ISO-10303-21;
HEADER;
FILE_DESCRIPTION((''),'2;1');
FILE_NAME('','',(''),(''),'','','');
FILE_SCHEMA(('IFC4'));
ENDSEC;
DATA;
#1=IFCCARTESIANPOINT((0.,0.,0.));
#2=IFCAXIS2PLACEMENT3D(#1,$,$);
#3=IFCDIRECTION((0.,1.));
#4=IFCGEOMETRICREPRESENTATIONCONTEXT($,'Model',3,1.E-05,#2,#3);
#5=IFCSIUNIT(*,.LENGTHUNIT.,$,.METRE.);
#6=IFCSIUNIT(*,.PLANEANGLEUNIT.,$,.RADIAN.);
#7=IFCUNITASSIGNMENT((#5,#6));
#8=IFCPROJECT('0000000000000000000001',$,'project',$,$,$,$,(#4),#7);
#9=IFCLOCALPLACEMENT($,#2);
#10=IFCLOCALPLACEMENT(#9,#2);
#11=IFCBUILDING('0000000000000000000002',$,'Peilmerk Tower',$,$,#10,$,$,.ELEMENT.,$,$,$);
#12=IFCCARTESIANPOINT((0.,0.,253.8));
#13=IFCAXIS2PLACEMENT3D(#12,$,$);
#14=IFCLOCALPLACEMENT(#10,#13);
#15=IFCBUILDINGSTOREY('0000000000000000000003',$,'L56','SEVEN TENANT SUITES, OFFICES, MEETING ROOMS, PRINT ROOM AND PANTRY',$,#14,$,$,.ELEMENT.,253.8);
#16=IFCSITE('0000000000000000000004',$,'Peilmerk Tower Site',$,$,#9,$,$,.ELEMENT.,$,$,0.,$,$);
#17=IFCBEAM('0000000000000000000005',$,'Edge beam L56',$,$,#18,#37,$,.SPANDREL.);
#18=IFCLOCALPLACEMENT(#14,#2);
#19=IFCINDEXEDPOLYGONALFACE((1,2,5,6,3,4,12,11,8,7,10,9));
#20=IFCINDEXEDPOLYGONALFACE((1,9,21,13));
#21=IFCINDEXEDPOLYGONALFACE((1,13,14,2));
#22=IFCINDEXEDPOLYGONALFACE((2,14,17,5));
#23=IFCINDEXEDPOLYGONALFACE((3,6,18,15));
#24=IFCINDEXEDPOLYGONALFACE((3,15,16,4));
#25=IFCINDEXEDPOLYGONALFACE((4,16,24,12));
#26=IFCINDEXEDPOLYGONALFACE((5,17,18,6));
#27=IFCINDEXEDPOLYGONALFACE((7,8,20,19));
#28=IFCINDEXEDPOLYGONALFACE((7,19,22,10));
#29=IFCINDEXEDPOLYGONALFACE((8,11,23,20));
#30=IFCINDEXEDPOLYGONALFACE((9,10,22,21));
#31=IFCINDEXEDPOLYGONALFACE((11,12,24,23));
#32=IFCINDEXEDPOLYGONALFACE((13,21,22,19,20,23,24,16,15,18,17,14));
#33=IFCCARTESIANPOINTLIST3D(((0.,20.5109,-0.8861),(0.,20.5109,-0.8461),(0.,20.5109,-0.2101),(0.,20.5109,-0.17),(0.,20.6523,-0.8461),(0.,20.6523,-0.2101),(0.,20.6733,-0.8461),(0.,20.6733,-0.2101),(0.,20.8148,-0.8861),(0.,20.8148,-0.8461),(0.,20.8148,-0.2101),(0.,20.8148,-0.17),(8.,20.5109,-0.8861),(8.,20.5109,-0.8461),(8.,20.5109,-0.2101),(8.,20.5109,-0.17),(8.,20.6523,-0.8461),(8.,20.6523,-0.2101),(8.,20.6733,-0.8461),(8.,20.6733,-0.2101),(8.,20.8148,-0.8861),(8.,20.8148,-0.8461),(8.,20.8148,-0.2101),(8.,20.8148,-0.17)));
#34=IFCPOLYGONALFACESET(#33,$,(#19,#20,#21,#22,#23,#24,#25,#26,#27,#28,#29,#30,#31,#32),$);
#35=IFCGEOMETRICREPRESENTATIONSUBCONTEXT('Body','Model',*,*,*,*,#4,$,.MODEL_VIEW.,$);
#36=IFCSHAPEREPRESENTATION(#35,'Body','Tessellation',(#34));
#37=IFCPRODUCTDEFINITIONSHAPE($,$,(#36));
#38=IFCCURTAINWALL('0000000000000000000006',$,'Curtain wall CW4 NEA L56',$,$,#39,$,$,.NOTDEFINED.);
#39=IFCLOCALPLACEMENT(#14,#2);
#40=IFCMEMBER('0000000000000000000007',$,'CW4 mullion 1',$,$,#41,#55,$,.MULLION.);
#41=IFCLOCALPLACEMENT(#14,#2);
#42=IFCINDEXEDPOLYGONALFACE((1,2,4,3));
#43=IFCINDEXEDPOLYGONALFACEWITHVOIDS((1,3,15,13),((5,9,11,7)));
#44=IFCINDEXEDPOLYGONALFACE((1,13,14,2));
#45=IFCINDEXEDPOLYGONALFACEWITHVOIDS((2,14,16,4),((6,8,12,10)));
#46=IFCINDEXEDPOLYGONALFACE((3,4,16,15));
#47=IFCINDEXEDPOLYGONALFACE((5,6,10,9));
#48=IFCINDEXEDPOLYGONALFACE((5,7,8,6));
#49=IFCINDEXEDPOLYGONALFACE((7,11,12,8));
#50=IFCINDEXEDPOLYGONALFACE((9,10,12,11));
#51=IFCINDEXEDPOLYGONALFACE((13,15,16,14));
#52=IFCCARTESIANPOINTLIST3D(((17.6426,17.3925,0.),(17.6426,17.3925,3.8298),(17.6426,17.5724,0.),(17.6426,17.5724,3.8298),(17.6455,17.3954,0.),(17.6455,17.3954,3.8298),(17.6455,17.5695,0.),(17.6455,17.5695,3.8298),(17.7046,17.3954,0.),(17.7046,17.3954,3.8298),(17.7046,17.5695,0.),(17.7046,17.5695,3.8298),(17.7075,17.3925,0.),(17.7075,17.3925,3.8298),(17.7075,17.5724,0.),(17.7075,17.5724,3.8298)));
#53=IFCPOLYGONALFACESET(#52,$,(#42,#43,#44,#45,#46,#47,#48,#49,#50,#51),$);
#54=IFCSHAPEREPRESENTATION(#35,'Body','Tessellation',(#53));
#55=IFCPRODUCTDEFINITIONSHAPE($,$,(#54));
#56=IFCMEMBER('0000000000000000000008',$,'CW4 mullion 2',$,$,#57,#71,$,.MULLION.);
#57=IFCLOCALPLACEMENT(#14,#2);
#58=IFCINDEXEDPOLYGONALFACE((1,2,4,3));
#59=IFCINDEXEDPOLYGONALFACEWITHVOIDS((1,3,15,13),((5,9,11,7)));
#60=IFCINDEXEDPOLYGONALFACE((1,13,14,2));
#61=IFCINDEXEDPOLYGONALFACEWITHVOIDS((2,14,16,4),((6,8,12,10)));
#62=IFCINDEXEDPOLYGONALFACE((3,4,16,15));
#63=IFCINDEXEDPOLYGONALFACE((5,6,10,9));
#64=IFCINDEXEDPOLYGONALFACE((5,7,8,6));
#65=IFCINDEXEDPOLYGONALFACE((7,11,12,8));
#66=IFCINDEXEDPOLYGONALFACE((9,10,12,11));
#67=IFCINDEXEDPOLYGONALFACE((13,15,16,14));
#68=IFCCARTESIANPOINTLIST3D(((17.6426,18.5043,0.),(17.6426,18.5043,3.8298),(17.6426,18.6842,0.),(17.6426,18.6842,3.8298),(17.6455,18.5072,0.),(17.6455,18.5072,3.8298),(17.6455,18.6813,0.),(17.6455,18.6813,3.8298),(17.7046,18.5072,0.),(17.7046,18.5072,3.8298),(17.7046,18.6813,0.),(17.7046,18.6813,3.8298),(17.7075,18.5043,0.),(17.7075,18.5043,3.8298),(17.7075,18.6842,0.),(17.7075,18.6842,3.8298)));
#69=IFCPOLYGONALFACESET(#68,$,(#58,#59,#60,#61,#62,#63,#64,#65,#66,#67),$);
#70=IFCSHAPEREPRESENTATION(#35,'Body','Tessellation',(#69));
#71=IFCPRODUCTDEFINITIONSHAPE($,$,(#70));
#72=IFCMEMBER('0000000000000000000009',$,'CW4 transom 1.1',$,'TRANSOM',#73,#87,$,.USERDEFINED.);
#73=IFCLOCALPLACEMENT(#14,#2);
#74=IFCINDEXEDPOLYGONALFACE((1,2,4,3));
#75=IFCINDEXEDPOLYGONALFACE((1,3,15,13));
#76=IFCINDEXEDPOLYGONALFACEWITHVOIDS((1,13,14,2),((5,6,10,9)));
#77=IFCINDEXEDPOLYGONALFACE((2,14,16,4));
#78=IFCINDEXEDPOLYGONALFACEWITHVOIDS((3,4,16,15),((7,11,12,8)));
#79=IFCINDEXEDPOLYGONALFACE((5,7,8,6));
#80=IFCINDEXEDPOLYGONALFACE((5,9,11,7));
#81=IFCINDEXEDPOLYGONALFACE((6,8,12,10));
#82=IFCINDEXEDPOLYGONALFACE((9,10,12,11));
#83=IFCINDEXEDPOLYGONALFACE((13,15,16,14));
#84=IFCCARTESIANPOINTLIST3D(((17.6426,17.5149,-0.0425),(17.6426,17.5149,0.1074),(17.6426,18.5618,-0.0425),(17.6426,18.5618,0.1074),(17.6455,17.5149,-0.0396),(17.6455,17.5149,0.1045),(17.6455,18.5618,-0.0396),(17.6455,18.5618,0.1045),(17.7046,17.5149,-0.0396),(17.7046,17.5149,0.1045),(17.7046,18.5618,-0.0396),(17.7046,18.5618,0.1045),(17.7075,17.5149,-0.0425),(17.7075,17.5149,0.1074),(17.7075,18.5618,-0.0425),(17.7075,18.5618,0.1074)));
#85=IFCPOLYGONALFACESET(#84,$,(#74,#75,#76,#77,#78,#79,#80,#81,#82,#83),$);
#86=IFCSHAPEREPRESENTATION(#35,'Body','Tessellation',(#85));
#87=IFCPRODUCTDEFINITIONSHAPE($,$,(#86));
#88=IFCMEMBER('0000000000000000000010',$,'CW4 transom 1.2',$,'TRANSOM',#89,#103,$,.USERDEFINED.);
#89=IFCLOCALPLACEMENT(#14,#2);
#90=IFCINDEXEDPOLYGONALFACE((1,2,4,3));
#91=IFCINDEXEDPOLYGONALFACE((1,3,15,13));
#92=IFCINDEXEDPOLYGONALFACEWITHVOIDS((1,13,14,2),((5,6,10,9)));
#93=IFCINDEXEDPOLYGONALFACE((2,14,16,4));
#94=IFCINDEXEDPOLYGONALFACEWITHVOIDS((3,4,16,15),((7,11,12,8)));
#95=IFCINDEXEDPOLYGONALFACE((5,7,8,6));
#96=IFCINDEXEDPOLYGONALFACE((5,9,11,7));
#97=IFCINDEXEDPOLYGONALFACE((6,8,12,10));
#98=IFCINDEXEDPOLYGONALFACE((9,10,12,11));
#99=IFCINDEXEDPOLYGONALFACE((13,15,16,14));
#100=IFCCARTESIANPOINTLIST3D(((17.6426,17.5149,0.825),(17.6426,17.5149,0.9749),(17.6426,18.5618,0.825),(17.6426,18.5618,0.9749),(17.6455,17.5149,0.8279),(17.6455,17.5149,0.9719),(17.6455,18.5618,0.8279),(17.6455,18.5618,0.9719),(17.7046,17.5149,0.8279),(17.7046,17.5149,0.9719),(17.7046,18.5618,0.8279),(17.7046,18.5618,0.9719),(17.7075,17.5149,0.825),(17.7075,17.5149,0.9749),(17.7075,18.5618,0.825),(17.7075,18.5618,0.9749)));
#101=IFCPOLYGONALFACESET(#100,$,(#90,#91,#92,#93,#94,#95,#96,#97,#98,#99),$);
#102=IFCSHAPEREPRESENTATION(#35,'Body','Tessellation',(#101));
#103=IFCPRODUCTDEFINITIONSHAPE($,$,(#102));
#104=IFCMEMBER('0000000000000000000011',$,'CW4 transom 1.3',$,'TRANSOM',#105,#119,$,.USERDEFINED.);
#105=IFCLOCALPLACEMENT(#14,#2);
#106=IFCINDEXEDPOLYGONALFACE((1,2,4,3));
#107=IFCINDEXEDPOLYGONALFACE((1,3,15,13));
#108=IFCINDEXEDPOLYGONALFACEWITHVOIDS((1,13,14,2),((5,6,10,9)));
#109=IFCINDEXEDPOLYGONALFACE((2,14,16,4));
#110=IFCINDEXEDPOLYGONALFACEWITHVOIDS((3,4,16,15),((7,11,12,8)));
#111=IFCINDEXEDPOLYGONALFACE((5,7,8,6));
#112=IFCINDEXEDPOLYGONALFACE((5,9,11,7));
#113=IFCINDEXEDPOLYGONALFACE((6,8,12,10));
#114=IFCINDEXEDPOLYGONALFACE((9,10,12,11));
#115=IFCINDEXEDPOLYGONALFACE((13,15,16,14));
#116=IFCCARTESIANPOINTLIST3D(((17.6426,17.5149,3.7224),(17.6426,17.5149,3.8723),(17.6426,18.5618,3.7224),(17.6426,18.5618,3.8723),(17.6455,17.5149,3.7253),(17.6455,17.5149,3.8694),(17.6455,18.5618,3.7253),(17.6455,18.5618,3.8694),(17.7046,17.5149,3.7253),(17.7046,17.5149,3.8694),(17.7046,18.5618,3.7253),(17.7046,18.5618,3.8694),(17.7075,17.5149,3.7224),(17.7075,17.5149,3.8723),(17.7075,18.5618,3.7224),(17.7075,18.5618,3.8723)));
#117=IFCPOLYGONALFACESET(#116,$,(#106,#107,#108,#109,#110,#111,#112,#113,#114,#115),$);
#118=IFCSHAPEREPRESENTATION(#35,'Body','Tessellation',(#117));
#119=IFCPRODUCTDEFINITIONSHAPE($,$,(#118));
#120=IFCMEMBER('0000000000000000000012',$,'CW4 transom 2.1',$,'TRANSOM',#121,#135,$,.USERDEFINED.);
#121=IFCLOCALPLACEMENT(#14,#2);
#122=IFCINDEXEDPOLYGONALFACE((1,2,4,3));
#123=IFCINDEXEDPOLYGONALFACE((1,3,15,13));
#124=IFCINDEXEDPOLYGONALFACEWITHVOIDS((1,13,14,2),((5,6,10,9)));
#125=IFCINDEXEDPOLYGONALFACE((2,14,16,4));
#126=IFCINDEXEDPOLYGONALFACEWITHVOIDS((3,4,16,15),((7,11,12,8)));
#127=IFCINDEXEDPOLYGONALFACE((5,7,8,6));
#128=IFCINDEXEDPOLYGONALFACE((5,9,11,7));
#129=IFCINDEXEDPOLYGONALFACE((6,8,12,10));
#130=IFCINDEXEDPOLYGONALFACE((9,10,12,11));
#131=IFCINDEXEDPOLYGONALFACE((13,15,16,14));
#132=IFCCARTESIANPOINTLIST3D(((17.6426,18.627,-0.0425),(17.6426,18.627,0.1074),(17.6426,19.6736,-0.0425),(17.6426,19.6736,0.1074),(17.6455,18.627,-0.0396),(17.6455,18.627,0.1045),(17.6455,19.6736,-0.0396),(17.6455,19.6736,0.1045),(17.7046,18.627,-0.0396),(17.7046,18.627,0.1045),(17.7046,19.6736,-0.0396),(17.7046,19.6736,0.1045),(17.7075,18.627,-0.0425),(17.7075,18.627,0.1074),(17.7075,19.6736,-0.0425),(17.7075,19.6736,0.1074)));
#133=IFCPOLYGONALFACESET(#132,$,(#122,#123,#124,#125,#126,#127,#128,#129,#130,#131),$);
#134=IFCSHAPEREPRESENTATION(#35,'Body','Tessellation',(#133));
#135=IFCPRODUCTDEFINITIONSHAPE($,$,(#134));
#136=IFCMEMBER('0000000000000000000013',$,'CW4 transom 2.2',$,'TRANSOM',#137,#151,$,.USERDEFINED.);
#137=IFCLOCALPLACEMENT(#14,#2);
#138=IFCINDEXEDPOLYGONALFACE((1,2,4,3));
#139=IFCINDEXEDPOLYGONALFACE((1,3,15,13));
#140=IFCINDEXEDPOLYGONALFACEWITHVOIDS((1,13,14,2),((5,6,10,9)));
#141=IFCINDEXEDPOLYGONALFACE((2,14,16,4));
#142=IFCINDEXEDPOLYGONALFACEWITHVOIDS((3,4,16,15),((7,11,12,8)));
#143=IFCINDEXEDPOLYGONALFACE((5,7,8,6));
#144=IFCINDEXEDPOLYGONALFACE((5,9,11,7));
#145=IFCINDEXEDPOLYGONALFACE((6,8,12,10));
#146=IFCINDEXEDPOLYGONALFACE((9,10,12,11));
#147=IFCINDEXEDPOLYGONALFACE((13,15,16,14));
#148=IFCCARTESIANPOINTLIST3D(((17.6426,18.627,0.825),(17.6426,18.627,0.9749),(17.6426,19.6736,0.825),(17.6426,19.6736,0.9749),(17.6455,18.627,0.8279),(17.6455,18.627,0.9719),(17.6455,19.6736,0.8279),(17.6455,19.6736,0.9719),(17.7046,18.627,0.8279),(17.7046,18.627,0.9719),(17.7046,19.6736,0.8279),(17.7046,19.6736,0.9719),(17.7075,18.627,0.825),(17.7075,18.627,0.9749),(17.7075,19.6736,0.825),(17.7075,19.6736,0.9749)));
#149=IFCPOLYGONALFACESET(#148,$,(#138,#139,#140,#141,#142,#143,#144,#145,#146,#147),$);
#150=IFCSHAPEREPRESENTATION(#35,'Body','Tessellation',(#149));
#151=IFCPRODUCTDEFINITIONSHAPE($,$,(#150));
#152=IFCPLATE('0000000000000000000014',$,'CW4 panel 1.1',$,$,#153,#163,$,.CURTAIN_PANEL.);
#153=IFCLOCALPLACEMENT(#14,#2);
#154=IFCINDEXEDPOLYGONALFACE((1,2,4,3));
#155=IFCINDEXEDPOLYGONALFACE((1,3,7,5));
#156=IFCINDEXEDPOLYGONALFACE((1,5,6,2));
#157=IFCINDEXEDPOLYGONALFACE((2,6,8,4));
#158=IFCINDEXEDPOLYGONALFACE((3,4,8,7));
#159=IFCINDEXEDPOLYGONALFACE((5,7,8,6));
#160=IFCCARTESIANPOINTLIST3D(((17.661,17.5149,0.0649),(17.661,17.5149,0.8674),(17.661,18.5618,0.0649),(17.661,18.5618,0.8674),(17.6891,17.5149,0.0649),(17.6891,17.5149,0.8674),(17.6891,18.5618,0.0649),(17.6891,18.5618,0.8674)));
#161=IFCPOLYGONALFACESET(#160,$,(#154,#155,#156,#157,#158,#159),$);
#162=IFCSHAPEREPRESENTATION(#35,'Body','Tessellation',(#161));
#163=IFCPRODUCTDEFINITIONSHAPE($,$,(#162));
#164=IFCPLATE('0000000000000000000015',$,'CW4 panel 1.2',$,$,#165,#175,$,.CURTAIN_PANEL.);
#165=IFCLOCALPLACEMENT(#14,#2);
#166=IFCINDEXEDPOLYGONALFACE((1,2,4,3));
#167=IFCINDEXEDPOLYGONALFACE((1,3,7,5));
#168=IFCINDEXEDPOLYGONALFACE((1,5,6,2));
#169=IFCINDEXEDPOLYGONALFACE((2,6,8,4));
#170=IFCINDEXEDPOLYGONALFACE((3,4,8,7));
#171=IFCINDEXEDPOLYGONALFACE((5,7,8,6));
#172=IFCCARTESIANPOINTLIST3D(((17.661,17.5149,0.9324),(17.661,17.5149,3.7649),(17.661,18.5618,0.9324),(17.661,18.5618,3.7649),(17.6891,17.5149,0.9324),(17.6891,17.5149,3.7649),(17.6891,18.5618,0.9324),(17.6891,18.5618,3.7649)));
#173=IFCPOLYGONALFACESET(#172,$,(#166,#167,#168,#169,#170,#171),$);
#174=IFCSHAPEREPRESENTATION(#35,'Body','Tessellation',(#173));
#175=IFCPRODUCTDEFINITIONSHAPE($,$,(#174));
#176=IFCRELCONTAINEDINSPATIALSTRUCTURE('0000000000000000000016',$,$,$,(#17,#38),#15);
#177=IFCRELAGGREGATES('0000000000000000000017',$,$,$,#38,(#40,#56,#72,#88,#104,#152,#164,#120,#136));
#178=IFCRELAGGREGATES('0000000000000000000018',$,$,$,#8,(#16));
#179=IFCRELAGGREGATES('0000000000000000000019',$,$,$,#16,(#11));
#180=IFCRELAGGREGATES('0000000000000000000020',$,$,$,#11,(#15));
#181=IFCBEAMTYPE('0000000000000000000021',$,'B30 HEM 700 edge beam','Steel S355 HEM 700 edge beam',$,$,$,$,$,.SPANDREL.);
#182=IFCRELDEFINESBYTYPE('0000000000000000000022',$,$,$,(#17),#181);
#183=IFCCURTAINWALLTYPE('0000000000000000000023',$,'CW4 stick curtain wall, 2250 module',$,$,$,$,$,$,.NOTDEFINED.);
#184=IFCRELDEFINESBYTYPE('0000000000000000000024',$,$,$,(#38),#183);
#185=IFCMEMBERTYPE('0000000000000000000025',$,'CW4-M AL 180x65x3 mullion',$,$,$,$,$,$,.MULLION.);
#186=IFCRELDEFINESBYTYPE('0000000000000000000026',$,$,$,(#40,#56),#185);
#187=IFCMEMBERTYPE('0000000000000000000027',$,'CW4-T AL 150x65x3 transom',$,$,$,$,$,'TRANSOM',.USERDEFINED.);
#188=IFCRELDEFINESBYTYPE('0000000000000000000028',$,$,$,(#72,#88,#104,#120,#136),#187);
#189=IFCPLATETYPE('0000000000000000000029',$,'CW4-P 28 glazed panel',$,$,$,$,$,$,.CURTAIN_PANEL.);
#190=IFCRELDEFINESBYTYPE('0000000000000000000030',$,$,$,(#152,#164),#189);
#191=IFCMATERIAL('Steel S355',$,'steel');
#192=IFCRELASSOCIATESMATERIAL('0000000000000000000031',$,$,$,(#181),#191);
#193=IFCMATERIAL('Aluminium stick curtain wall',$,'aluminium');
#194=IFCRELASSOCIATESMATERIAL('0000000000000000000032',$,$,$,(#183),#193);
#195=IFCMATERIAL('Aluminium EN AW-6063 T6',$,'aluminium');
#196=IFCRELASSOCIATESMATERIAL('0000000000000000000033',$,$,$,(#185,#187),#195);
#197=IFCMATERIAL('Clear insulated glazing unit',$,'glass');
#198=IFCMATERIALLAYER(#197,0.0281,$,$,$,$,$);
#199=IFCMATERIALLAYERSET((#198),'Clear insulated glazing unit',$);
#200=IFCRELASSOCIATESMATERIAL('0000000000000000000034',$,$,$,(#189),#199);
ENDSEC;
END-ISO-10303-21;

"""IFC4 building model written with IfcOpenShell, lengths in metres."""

from ifc_helpers import new_model, si_unit, direction, frame, origin, origin_2d, place, context, subcontext, project, spatial, rectangle, hollow_rectangle, i_section, extrude, material, layer, layer_set, material_profile, profile_set, type_object, element, aggregate, save


model = new_model("IFC4")

# Units and contexts
model_context = context("Model", 3, precision=1e-05, world=origin(), true_north=direction((0.0, 1.0)))
body_context = subcontext(model_context, "Body", "Model", "MODEL_VIEW")
ifc_project = project(units=[si_unit("LENGTHUNIT", "METRE"), si_unit("PLANEANGLEUNIT", "RADIAN")], contexts=[model_context])

# Site, building, storey
site_placement = place(None, origin())
site = spatial("IfcSite", under=ifc_project, at=site_placement, Name="Peilmerk Tower Site", CompositionType="ELEMENT", RefElevation=0.0)
building_placement = place(site_placement, origin())
building = spatial("IfcBuilding", under=site, at=building_placement, Name="Peilmerk Tower", CompositionType="ELEMENT")
storey_placement = place(building_placement, frame((0.0, 0.0, 253.8)))
storey = spatial("IfcBuildingStorey", under=building, at=storey_placement, Name="L56", Description="SEVEN TENANT SUITES, OFFICES, MEETING ROOMS, PRINT ROOM AND PANTRY", CompositionType="ELEMENT", Elevation=253.8)

# Beam
ifc_material_1 = material(Name="Steel S355", Category="steel")
ifc_material_profile_1 = material_profile(ifc_material_1, i_section(OverallWidth=0.304, OverallDepth=0.7161, WebThickness=0.021, FlangeThickness=0.04, at=origin_2d()), Name="HEM 700")
ifc_profile_set_1 = profile_set([ifc_material_profile_1], Name="Steel S355")
beam_type_1 = type_object("IfcBeamType", Name="B30 HEM 700 edge beam", Description="Steel S355 HEM 700 edge beam", PredefinedType="SPANDREL", material=ifc_profile_set_1)
beam_1_placement = place(storey_placement, frame((8.0, 20.6628, -0.5281), z_axis=(-1.0, 0.0, 0.0), x_axis=(0.0, -1.0, 0.0)))
element("IfcBeam", 1, at=beam_1_placement, inside=storey, type_object=beam_type_1, Name="Edge beam L56", PredefinedType="SPANDREL", context=body_context, shape_type="SweptSolid", body=[
    extrude(i_section(OverallWidth=0.304, OverallDepth=0.7161, WebThickness=0.021, FlangeThickness=0.04, at=origin_2d()), origin(), (0.0, 0.0, 1.0), 8.0),
])

# Curtain wall, members, plates
ifc_material_2 = material(Name="Aluminium stick curtain wall", Category="aluminium")
curtain_wall_type = type_object("IfcCurtainWallType", Name="CW4 stick curtain wall, 2250 module", PredefinedType="NOTDEFINED", material=ifc_material_2)
curtain_wall_placement = place(storey_placement, origin())
curtain_wall = element("IfcCurtainWall", 2, at=curtain_wall_placement, inside=storey, type_object=curtain_wall_type, Name="Curtain wall CW4 NEA L56", PredefinedType="NOTDEFINED")
ifc_material_3 = material(Name="Aluminium EN AW-6063 T6", Category="aluminium")
ifc_material_profile_2 = material_profile(ifc_material_3, hollow_rectangle(XDim=0.0649, YDim=0.1799, WallThickness=0.0029, at=origin_2d()), Name="AL 180x65x3")
ifc_profile_set_2 = profile_set([ifc_material_profile_2], Name="Aluminium EN AW-6063 T6")
member_type_1 = type_object("IfcMemberType", Name="CW4-M AL 180x65x3 mullion", PredefinedType="MULLION", material=ifc_profile_set_2)
member_1_placement = place(storey_placement, frame((17.675, 17.4824, 0.0), z_axis=(0.0, 0.0, 1.0), x_axis=(-1.0, 0.0, 0.0)))
member_1 = element("IfcMember", 3, at=member_1_placement, type_object=member_type_1, Name="CW4 mullion 1", PredefinedType="MULLION", context=body_context, shape_type="SweptSolid", body=[
    extrude(hollow_rectangle(XDim=0.0649, YDim=0.1799, WallThickness=0.0029, at=origin_2d()), origin(), (0.0, 0.0, 1.0), 3.8298),
])
member_2_placement = place(storey_placement, frame((17.675, 18.5942, 0.0), z_axis=(0.0, 0.0, 1.0), x_axis=(-1.0, 0.0, 0.0)))
member_2 = element("IfcMember", 4, at=member_2_placement, type_object=member_type_1, Name="CW4 mullion 2", PredefinedType="MULLION", context=body_context, shape_type="SweptSolid", body=[
    extrude(hollow_rectangle(XDim=0.0649, YDim=0.1799, WallThickness=0.0029, at=origin_2d()), origin(), (0.0, 0.0, 1.0), 3.8298),
])
ifc_material_profile_3 = material_profile(ifc_material_3, hollow_rectangle(XDim=0.0649, YDim=0.1499, WallThickness=0.0029, at=origin_2d()), Name="AL 150x65x3")
ifc_profile_set_3 = profile_set([ifc_material_profile_3], Name="Aluminium EN AW-6063 T6")
member_type_2 = type_object("IfcMemberType", Name="CW4-T AL 150x65x3 transom", ElementType="TRANSOM", PredefinedType="USERDEFINED", material=ifc_profile_set_3)
member_3_placement = place(storey_placement, frame((17.675, 17.5149, 0.0325), z_axis=(0.0, 1.0, 0.0), x_axis=(-1.0, 0.0, 0.0)))
member_3 = element("IfcMember", 5, at=member_3_placement, type_object=member_type_2, Name="CW4 transom 1.1", ObjectType="TRANSOM", PredefinedType="USERDEFINED", context=body_context, shape_type="SweptSolid", body=[
    extrude(hollow_rectangle(XDim=0.0649, YDim=0.1499, WallThickness=0.0029, at=origin_2d()), origin(), (0.0, 0.0, 1.0), 1.0469),
])
member_4_placement = place(storey_placement, frame((17.675, 17.5149, 0.8999), z_axis=(0.0, 1.0, 0.0), x_axis=(-1.0, 0.0, 0.0)))
member_4 = element("IfcMember", 6, at=member_4_placement, type_object=member_type_2, Name="CW4 transom 1.2", ObjectType="TRANSOM", PredefinedType="USERDEFINED", context=body_context, shape_type="SweptSolid", body=[
    extrude(hollow_rectangle(XDim=0.0649, YDim=0.1499, WallThickness=0.0029, at=origin_2d()), origin(), (0.0, 0.0, 1.0), 1.0469),
])
member_5_placement = place(storey_placement, frame((17.675, 17.5149, 3.7974), z_axis=(0.0, 1.0, 0.0), x_axis=(-1.0, 0.0, 0.0)))
member_5 = element("IfcMember", 7, at=member_5_placement, type_object=member_type_2, Name="CW4 transom 1.3", ObjectType="TRANSOM", PredefinedType="USERDEFINED", context=body_context, shape_type="SweptSolid", body=[
    extrude(hollow_rectangle(XDim=0.0649, YDim=0.1499, WallThickness=0.0029, at=origin_2d()), origin(), (0.0, 0.0, 1.0), 1.0469),
])
member_6_placement = place(storey_placement, frame((17.675, 18.627, 0.0325), z_axis=(0.0, 1.0, 0.0), x_axis=(-1.0, 0.0, 0.0)))
member_6 = element("IfcMember", 8, at=member_6_placement, type_object=member_type_2, Name="CW4 transom 2.1", ObjectType="TRANSOM", PredefinedType="USERDEFINED", context=body_context, shape_type="SweptSolid", body=[
    extrude(hollow_rectangle(XDim=0.0649, YDim=0.1499, WallThickness=0.0029, at=origin_2d()), origin(), (0.0, 0.0, 1.0), 1.0466),
])
member_7_placement = place(storey_placement, frame((17.675, 18.627, 0.8999), z_axis=(0.0, 1.0, 0.0), x_axis=(-1.0, 0.0, 0.0)))
member_7 = element("IfcMember", 9, at=member_7_placement, type_object=member_type_2, Name="CW4 transom 2.2", ObjectType="TRANSOM", PredefinedType="USERDEFINED", context=body_context, shape_type="SweptSolid", body=[
    extrude(hollow_rectangle(XDim=0.0649, YDim=0.1499, WallThickness=0.0029, at=origin_2d()), origin(), (0.0, 0.0, 1.0), 1.0466),
])
ifc_material_4 = material(Name="Clear insulated glazing unit", Category="glass")
ifc_layer_1 = layer(ifc_material_4, 0.0281)
ifc_layer_set_1 = layer_set([ifc_layer_1], Name="Clear insulated glazing unit")
plate_type = type_object("IfcPlateType", Name="CW4-P 28 glazed panel", PredefinedType="CURTAIN_PANEL", material=ifc_layer_set_1)
plate_1_placement = place(storey_placement, frame((17.675, 18.0383, 0.0649), z_axis=(0.0, 0.0, 1.0), x_axis=(0.0, 1.0, 0.0)))
plate_1 = element("IfcPlate", 10, at=plate_1_placement, type_object=plate_type, Name="CW4 panel 1.1", PredefinedType="CURTAIN_PANEL", context=body_context, shape_type="SweptSolid", body=[
    extrude(rectangle(XDim=1.0469, YDim=0.0281, at=origin_2d()), origin(), (0.0, 0.0, 1.0), 0.8025),
])
plate_2_placement = place(storey_placement, frame((17.675, 18.0383, 0.9324), z_axis=(0.0, 0.0, 1.0), x_axis=(0.0, 1.0, 0.0)))
plate_2 = element("IfcPlate", 11, at=plate_2_placement, type_object=plate_type, Name="CW4 panel 1.2", PredefinedType="CURTAIN_PANEL", context=body_context, shape_type="SweptSolid", body=[
    extrude(rectangle(XDim=1.0469, YDim=0.0281, at=origin_2d()), origin(), (0.0, 0.0, 1.0), 2.8325),
])
aggregate(curtain_wall, [member_1, member_2, member_3, member_4, member_5, plate_1, plate_2, member_6, member_7])

save(model, "model.ifc")
